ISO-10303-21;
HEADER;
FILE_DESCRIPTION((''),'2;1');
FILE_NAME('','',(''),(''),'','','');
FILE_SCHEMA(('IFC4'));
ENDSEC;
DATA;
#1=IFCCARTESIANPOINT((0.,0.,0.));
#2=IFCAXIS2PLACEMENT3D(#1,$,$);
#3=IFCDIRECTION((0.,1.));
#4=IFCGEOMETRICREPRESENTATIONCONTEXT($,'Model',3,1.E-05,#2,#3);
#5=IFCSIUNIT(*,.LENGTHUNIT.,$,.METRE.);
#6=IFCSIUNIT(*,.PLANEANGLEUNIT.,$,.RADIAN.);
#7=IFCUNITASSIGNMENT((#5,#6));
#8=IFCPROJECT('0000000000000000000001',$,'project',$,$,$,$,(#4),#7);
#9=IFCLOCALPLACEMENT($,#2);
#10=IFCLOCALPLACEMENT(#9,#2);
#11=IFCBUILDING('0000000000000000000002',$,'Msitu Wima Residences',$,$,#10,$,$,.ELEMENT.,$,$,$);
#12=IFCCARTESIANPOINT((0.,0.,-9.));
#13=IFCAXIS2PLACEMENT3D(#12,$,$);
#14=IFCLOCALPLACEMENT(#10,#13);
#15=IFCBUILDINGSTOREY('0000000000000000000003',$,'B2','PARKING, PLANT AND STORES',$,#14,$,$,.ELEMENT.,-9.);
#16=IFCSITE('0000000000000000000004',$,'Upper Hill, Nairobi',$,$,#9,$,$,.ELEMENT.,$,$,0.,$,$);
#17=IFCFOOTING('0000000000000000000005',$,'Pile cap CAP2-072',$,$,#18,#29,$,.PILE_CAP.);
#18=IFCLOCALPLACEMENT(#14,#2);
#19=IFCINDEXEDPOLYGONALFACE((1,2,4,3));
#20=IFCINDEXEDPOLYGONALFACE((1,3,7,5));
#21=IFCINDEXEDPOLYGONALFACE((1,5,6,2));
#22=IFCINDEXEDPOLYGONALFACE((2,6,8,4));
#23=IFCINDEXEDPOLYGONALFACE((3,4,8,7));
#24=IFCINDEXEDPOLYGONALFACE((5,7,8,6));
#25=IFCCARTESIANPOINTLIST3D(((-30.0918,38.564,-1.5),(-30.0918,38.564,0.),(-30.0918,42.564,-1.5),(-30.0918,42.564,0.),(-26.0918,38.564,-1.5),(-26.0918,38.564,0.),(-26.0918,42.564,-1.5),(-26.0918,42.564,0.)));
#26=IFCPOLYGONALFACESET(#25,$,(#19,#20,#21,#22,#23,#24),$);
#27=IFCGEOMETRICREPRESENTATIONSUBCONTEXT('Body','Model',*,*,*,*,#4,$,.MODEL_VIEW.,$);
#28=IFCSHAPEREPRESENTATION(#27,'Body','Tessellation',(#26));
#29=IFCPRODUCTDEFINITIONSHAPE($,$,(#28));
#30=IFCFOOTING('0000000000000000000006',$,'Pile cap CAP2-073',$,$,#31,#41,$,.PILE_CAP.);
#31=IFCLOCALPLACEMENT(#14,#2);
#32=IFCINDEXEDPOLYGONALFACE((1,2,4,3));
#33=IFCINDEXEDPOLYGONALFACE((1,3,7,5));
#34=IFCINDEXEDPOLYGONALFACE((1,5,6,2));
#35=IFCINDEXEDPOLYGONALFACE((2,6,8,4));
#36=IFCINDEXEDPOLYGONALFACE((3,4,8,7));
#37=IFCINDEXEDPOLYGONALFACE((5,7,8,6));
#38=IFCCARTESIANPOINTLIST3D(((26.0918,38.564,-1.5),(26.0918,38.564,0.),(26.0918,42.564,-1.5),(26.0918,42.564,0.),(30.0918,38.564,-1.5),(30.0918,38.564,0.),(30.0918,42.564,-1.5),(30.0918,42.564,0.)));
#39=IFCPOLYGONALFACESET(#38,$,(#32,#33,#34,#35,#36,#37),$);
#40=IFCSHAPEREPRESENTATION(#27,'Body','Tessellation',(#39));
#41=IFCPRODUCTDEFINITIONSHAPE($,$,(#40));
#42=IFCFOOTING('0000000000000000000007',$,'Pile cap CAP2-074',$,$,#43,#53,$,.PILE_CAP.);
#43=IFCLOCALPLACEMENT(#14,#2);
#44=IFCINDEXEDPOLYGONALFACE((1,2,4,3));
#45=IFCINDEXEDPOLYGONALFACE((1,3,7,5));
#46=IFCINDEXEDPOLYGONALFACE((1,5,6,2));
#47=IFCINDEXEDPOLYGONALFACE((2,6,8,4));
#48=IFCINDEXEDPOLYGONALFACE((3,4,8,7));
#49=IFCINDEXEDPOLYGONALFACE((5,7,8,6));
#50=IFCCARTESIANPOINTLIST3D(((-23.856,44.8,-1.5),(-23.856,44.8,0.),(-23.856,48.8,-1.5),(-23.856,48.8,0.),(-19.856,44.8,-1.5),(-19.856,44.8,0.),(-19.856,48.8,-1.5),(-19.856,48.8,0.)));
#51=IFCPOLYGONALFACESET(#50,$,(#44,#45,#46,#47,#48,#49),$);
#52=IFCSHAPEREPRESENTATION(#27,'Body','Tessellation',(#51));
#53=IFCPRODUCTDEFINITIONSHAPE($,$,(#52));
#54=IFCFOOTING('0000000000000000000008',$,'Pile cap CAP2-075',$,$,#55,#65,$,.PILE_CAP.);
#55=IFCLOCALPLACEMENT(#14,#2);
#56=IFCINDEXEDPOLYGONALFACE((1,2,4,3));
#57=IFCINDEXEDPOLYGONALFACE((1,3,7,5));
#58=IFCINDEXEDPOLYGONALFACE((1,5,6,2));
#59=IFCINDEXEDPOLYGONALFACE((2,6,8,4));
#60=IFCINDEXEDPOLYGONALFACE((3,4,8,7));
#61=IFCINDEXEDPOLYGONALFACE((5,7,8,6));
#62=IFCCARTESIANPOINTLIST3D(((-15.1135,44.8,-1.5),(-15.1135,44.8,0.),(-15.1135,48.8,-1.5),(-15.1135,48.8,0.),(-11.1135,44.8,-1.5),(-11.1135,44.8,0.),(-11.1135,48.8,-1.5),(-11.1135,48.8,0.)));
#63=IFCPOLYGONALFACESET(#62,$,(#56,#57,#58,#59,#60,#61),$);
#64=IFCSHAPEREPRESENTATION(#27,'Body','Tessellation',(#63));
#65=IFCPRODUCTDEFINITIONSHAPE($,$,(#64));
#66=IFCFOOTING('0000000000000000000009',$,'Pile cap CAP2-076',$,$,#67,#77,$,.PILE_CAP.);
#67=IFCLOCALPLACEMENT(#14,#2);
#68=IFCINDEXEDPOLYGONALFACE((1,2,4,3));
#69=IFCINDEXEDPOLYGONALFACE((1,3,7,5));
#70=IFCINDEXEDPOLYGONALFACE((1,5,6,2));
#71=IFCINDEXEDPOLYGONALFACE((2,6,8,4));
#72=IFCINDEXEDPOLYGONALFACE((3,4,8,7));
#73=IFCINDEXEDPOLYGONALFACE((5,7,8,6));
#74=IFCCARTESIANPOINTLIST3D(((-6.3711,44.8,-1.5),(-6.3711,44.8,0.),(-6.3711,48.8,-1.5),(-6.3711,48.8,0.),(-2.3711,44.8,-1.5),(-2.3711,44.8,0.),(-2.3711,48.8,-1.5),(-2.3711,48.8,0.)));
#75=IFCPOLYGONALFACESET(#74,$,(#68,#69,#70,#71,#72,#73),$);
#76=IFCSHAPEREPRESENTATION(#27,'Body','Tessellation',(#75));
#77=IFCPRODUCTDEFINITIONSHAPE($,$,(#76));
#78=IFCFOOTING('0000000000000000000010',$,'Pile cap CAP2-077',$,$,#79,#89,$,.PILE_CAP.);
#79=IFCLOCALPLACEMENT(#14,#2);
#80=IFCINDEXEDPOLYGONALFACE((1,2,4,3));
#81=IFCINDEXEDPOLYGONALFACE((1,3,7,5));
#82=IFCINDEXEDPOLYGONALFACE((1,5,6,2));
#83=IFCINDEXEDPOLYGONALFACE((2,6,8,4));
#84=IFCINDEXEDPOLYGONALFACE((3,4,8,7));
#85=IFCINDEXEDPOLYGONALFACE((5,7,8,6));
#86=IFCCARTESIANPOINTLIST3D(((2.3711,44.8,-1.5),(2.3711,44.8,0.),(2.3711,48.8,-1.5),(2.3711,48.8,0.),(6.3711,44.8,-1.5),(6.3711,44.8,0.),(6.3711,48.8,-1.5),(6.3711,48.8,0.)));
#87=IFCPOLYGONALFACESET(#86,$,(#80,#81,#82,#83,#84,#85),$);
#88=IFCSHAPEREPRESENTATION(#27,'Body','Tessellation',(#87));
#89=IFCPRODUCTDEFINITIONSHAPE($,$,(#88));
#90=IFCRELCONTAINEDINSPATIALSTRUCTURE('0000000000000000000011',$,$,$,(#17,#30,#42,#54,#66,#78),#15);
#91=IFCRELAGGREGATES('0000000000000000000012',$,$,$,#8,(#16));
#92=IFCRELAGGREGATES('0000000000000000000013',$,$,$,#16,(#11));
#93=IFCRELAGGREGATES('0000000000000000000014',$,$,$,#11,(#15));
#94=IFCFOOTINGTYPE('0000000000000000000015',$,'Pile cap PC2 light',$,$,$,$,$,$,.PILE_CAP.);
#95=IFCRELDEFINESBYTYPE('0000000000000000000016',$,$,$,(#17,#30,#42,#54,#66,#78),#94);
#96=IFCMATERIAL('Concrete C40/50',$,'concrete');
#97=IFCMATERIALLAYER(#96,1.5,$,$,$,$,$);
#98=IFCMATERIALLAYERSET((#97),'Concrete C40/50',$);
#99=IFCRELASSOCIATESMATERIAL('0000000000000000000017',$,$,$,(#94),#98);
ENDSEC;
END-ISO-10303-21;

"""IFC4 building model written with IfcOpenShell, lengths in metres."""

from ifc_helpers import new_model, si_unit, direction, frame, origin, place, context, subcontext, project, spatial, polyline, outline, extrude, material, layer, layer_set, type_object, element, save


model = new_model("IFC4")

# Units and contexts
model_context = context("Model", 3, precision=1e-05, world=origin(), true_north=direction((0.0, 1.0)))
body_context = subcontext(model_context, "Body", "Model", "MODEL_VIEW")
ifc_project = project(units=[si_unit("LENGTHUNIT", "METRE"), si_unit("PLANEANGLEUNIT", "RADIAN")], contexts=[model_context])

# Site, building, storey
site_placement = place(None, origin())
site = spatial("IfcSite", under=ifc_project, at=site_placement, Name="Upper Hill, Nairobi", CompositionType="ELEMENT", RefElevation=0.0)
building_placement = place(site_placement, origin())
building = spatial("IfcBuilding", under=site, at=building_placement, Name="Msitu Wima Residences", CompositionType="ELEMENT")
storey_placement = place(building_placement, frame((0.0, 0.0, -9.0)))
storey = spatial("IfcBuildingStorey", under=building, at=storey_placement, Name="B2", Description="PARKING, PLANT AND STORES", CompositionType="ELEMENT", Elevation=-9.0)

# Footings
ifc_material = material(Name="Concrete C40/50", Category="concrete")
ifc_layer_1 = layer(ifc_material, 1.5)
ifc_layer_set_1 = layer_set([ifc_layer_1], Name="Concrete C40/50")
footing_type_1 = type_object("IfcFootingType", Name="Pile cap PC2 light", PredefinedType="PILE_CAP", material=ifc_layer_set_1)
footing_1_placement = place(storey_placement, frame((0.0, 0.0, -1.5)))
element("IfcFooting", 1, at=footing_1_placement, inside=storey, type_object=footing_type_1, Name="Pile cap CAP2-072", PredefinedType="PILE_CAP", context=body_context, shape_type="SweptSolid", body=[
    extrude(outline(polyline([(-26.0918, 38.564), (-26.0918, 42.564), (-30.0918, 42.564), (-30.0918, 38.564), (-26.0918, 38.564)])), origin(), (0.0, 0.0, 1.0), 1.5),
])
footing_2_placement = place(storey_placement, frame((0.0, 0.0, -1.5)))
element("IfcFooting", 2, at=footing_2_placement, inside=storey, type_object=footing_type_1, Name="Pile cap CAP2-073", PredefinedType="PILE_CAP", context=body_context, shape_type="SweptSolid", body=[
    extrude(outline(polyline([(30.0918, 38.564), (30.0918, 42.564), (26.0918, 42.564), (26.0918, 38.564), (30.0918, 38.564)])), origin(), (0.0, 0.0, 1.0), 1.5),
])
footing_3_placement = place(storey_placement, frame((0.0, 0.0, -1.5)))
element("IfcFooting", 3, at=footing_3_placement, inside=storey, type_object=footing_type_1, Name="Pile cap CAP2-074", PredefinedType="PILE_CAP", context=body_context, shape_type="SweptSolid", body=[
    extrude(outline(polyline([(-19.856, 44.8), (-19.856, 48.8), (-23.856, 48.8), (-23.856, 44.8), (-19.856, 44.8)])), origin(), (0.0, 0.0, 1.0), 1.5),
])
footing_4_placement = place(storey_placement, frame((0.0, 0.0, -1.5)))
element("IfcFooting", 4, at=footing_4_placement, inside=storey, type_object=footing_type_1, Name="Pile cap CAP2-075", PredefinedType="PILE_CAP", context=body_context, shape_type="SweptSolid", body=[
    extrude(outline(polyline([(-11.1135, 44.8), (-11.1135, 48.8), (-15.1135, 48.8), (-15.1135, 44.8), (-11.1135, 44.8)])), origin(), (0.0, 0.0, 1.0), 1.5),
])
footing_5_placement = place(storey_placement, frame((0.0, 0.0, -1.5)))
element("IfcFooting", 5, at=footing_5_placement, inside=storey, type_object=footing_type_1, Name="Pile cap CAP2-076", PredefinedType="PILE_CAP", context=body_context, shape_type="SweptSolid", body=[
    extrude(outline(polyline([(-2.3711, 44.8), (-2.3711, 48.8), (-6.3711, 48.8), (-6.3711, 44.8), (-2.3711, 44.8)])), origin(), (0.0, 0.0, 1.0), 1.5),
])
footing_6_placement = place(storey_placement, frame((0.0, 0.0, -1.5)))
element("IfcFooting", 6, at=footing_6_placement, inside=storey, type_object=footing_type_1, Name="Pile cap CAP2-077", PredefinedType="PILE_CAP", context=body_context, shape_type="SweptSolid", body=[
    extrude(outline(polyline([(6.3711, 44.8), (6.3711, 48.8), (2.3711, 48.8), (2.3711, 44.8), (6.3711, 44.8)])), origin(), (0.0, 0.0, 1.0), 1.5),
])

save(model, "model.ifc")
